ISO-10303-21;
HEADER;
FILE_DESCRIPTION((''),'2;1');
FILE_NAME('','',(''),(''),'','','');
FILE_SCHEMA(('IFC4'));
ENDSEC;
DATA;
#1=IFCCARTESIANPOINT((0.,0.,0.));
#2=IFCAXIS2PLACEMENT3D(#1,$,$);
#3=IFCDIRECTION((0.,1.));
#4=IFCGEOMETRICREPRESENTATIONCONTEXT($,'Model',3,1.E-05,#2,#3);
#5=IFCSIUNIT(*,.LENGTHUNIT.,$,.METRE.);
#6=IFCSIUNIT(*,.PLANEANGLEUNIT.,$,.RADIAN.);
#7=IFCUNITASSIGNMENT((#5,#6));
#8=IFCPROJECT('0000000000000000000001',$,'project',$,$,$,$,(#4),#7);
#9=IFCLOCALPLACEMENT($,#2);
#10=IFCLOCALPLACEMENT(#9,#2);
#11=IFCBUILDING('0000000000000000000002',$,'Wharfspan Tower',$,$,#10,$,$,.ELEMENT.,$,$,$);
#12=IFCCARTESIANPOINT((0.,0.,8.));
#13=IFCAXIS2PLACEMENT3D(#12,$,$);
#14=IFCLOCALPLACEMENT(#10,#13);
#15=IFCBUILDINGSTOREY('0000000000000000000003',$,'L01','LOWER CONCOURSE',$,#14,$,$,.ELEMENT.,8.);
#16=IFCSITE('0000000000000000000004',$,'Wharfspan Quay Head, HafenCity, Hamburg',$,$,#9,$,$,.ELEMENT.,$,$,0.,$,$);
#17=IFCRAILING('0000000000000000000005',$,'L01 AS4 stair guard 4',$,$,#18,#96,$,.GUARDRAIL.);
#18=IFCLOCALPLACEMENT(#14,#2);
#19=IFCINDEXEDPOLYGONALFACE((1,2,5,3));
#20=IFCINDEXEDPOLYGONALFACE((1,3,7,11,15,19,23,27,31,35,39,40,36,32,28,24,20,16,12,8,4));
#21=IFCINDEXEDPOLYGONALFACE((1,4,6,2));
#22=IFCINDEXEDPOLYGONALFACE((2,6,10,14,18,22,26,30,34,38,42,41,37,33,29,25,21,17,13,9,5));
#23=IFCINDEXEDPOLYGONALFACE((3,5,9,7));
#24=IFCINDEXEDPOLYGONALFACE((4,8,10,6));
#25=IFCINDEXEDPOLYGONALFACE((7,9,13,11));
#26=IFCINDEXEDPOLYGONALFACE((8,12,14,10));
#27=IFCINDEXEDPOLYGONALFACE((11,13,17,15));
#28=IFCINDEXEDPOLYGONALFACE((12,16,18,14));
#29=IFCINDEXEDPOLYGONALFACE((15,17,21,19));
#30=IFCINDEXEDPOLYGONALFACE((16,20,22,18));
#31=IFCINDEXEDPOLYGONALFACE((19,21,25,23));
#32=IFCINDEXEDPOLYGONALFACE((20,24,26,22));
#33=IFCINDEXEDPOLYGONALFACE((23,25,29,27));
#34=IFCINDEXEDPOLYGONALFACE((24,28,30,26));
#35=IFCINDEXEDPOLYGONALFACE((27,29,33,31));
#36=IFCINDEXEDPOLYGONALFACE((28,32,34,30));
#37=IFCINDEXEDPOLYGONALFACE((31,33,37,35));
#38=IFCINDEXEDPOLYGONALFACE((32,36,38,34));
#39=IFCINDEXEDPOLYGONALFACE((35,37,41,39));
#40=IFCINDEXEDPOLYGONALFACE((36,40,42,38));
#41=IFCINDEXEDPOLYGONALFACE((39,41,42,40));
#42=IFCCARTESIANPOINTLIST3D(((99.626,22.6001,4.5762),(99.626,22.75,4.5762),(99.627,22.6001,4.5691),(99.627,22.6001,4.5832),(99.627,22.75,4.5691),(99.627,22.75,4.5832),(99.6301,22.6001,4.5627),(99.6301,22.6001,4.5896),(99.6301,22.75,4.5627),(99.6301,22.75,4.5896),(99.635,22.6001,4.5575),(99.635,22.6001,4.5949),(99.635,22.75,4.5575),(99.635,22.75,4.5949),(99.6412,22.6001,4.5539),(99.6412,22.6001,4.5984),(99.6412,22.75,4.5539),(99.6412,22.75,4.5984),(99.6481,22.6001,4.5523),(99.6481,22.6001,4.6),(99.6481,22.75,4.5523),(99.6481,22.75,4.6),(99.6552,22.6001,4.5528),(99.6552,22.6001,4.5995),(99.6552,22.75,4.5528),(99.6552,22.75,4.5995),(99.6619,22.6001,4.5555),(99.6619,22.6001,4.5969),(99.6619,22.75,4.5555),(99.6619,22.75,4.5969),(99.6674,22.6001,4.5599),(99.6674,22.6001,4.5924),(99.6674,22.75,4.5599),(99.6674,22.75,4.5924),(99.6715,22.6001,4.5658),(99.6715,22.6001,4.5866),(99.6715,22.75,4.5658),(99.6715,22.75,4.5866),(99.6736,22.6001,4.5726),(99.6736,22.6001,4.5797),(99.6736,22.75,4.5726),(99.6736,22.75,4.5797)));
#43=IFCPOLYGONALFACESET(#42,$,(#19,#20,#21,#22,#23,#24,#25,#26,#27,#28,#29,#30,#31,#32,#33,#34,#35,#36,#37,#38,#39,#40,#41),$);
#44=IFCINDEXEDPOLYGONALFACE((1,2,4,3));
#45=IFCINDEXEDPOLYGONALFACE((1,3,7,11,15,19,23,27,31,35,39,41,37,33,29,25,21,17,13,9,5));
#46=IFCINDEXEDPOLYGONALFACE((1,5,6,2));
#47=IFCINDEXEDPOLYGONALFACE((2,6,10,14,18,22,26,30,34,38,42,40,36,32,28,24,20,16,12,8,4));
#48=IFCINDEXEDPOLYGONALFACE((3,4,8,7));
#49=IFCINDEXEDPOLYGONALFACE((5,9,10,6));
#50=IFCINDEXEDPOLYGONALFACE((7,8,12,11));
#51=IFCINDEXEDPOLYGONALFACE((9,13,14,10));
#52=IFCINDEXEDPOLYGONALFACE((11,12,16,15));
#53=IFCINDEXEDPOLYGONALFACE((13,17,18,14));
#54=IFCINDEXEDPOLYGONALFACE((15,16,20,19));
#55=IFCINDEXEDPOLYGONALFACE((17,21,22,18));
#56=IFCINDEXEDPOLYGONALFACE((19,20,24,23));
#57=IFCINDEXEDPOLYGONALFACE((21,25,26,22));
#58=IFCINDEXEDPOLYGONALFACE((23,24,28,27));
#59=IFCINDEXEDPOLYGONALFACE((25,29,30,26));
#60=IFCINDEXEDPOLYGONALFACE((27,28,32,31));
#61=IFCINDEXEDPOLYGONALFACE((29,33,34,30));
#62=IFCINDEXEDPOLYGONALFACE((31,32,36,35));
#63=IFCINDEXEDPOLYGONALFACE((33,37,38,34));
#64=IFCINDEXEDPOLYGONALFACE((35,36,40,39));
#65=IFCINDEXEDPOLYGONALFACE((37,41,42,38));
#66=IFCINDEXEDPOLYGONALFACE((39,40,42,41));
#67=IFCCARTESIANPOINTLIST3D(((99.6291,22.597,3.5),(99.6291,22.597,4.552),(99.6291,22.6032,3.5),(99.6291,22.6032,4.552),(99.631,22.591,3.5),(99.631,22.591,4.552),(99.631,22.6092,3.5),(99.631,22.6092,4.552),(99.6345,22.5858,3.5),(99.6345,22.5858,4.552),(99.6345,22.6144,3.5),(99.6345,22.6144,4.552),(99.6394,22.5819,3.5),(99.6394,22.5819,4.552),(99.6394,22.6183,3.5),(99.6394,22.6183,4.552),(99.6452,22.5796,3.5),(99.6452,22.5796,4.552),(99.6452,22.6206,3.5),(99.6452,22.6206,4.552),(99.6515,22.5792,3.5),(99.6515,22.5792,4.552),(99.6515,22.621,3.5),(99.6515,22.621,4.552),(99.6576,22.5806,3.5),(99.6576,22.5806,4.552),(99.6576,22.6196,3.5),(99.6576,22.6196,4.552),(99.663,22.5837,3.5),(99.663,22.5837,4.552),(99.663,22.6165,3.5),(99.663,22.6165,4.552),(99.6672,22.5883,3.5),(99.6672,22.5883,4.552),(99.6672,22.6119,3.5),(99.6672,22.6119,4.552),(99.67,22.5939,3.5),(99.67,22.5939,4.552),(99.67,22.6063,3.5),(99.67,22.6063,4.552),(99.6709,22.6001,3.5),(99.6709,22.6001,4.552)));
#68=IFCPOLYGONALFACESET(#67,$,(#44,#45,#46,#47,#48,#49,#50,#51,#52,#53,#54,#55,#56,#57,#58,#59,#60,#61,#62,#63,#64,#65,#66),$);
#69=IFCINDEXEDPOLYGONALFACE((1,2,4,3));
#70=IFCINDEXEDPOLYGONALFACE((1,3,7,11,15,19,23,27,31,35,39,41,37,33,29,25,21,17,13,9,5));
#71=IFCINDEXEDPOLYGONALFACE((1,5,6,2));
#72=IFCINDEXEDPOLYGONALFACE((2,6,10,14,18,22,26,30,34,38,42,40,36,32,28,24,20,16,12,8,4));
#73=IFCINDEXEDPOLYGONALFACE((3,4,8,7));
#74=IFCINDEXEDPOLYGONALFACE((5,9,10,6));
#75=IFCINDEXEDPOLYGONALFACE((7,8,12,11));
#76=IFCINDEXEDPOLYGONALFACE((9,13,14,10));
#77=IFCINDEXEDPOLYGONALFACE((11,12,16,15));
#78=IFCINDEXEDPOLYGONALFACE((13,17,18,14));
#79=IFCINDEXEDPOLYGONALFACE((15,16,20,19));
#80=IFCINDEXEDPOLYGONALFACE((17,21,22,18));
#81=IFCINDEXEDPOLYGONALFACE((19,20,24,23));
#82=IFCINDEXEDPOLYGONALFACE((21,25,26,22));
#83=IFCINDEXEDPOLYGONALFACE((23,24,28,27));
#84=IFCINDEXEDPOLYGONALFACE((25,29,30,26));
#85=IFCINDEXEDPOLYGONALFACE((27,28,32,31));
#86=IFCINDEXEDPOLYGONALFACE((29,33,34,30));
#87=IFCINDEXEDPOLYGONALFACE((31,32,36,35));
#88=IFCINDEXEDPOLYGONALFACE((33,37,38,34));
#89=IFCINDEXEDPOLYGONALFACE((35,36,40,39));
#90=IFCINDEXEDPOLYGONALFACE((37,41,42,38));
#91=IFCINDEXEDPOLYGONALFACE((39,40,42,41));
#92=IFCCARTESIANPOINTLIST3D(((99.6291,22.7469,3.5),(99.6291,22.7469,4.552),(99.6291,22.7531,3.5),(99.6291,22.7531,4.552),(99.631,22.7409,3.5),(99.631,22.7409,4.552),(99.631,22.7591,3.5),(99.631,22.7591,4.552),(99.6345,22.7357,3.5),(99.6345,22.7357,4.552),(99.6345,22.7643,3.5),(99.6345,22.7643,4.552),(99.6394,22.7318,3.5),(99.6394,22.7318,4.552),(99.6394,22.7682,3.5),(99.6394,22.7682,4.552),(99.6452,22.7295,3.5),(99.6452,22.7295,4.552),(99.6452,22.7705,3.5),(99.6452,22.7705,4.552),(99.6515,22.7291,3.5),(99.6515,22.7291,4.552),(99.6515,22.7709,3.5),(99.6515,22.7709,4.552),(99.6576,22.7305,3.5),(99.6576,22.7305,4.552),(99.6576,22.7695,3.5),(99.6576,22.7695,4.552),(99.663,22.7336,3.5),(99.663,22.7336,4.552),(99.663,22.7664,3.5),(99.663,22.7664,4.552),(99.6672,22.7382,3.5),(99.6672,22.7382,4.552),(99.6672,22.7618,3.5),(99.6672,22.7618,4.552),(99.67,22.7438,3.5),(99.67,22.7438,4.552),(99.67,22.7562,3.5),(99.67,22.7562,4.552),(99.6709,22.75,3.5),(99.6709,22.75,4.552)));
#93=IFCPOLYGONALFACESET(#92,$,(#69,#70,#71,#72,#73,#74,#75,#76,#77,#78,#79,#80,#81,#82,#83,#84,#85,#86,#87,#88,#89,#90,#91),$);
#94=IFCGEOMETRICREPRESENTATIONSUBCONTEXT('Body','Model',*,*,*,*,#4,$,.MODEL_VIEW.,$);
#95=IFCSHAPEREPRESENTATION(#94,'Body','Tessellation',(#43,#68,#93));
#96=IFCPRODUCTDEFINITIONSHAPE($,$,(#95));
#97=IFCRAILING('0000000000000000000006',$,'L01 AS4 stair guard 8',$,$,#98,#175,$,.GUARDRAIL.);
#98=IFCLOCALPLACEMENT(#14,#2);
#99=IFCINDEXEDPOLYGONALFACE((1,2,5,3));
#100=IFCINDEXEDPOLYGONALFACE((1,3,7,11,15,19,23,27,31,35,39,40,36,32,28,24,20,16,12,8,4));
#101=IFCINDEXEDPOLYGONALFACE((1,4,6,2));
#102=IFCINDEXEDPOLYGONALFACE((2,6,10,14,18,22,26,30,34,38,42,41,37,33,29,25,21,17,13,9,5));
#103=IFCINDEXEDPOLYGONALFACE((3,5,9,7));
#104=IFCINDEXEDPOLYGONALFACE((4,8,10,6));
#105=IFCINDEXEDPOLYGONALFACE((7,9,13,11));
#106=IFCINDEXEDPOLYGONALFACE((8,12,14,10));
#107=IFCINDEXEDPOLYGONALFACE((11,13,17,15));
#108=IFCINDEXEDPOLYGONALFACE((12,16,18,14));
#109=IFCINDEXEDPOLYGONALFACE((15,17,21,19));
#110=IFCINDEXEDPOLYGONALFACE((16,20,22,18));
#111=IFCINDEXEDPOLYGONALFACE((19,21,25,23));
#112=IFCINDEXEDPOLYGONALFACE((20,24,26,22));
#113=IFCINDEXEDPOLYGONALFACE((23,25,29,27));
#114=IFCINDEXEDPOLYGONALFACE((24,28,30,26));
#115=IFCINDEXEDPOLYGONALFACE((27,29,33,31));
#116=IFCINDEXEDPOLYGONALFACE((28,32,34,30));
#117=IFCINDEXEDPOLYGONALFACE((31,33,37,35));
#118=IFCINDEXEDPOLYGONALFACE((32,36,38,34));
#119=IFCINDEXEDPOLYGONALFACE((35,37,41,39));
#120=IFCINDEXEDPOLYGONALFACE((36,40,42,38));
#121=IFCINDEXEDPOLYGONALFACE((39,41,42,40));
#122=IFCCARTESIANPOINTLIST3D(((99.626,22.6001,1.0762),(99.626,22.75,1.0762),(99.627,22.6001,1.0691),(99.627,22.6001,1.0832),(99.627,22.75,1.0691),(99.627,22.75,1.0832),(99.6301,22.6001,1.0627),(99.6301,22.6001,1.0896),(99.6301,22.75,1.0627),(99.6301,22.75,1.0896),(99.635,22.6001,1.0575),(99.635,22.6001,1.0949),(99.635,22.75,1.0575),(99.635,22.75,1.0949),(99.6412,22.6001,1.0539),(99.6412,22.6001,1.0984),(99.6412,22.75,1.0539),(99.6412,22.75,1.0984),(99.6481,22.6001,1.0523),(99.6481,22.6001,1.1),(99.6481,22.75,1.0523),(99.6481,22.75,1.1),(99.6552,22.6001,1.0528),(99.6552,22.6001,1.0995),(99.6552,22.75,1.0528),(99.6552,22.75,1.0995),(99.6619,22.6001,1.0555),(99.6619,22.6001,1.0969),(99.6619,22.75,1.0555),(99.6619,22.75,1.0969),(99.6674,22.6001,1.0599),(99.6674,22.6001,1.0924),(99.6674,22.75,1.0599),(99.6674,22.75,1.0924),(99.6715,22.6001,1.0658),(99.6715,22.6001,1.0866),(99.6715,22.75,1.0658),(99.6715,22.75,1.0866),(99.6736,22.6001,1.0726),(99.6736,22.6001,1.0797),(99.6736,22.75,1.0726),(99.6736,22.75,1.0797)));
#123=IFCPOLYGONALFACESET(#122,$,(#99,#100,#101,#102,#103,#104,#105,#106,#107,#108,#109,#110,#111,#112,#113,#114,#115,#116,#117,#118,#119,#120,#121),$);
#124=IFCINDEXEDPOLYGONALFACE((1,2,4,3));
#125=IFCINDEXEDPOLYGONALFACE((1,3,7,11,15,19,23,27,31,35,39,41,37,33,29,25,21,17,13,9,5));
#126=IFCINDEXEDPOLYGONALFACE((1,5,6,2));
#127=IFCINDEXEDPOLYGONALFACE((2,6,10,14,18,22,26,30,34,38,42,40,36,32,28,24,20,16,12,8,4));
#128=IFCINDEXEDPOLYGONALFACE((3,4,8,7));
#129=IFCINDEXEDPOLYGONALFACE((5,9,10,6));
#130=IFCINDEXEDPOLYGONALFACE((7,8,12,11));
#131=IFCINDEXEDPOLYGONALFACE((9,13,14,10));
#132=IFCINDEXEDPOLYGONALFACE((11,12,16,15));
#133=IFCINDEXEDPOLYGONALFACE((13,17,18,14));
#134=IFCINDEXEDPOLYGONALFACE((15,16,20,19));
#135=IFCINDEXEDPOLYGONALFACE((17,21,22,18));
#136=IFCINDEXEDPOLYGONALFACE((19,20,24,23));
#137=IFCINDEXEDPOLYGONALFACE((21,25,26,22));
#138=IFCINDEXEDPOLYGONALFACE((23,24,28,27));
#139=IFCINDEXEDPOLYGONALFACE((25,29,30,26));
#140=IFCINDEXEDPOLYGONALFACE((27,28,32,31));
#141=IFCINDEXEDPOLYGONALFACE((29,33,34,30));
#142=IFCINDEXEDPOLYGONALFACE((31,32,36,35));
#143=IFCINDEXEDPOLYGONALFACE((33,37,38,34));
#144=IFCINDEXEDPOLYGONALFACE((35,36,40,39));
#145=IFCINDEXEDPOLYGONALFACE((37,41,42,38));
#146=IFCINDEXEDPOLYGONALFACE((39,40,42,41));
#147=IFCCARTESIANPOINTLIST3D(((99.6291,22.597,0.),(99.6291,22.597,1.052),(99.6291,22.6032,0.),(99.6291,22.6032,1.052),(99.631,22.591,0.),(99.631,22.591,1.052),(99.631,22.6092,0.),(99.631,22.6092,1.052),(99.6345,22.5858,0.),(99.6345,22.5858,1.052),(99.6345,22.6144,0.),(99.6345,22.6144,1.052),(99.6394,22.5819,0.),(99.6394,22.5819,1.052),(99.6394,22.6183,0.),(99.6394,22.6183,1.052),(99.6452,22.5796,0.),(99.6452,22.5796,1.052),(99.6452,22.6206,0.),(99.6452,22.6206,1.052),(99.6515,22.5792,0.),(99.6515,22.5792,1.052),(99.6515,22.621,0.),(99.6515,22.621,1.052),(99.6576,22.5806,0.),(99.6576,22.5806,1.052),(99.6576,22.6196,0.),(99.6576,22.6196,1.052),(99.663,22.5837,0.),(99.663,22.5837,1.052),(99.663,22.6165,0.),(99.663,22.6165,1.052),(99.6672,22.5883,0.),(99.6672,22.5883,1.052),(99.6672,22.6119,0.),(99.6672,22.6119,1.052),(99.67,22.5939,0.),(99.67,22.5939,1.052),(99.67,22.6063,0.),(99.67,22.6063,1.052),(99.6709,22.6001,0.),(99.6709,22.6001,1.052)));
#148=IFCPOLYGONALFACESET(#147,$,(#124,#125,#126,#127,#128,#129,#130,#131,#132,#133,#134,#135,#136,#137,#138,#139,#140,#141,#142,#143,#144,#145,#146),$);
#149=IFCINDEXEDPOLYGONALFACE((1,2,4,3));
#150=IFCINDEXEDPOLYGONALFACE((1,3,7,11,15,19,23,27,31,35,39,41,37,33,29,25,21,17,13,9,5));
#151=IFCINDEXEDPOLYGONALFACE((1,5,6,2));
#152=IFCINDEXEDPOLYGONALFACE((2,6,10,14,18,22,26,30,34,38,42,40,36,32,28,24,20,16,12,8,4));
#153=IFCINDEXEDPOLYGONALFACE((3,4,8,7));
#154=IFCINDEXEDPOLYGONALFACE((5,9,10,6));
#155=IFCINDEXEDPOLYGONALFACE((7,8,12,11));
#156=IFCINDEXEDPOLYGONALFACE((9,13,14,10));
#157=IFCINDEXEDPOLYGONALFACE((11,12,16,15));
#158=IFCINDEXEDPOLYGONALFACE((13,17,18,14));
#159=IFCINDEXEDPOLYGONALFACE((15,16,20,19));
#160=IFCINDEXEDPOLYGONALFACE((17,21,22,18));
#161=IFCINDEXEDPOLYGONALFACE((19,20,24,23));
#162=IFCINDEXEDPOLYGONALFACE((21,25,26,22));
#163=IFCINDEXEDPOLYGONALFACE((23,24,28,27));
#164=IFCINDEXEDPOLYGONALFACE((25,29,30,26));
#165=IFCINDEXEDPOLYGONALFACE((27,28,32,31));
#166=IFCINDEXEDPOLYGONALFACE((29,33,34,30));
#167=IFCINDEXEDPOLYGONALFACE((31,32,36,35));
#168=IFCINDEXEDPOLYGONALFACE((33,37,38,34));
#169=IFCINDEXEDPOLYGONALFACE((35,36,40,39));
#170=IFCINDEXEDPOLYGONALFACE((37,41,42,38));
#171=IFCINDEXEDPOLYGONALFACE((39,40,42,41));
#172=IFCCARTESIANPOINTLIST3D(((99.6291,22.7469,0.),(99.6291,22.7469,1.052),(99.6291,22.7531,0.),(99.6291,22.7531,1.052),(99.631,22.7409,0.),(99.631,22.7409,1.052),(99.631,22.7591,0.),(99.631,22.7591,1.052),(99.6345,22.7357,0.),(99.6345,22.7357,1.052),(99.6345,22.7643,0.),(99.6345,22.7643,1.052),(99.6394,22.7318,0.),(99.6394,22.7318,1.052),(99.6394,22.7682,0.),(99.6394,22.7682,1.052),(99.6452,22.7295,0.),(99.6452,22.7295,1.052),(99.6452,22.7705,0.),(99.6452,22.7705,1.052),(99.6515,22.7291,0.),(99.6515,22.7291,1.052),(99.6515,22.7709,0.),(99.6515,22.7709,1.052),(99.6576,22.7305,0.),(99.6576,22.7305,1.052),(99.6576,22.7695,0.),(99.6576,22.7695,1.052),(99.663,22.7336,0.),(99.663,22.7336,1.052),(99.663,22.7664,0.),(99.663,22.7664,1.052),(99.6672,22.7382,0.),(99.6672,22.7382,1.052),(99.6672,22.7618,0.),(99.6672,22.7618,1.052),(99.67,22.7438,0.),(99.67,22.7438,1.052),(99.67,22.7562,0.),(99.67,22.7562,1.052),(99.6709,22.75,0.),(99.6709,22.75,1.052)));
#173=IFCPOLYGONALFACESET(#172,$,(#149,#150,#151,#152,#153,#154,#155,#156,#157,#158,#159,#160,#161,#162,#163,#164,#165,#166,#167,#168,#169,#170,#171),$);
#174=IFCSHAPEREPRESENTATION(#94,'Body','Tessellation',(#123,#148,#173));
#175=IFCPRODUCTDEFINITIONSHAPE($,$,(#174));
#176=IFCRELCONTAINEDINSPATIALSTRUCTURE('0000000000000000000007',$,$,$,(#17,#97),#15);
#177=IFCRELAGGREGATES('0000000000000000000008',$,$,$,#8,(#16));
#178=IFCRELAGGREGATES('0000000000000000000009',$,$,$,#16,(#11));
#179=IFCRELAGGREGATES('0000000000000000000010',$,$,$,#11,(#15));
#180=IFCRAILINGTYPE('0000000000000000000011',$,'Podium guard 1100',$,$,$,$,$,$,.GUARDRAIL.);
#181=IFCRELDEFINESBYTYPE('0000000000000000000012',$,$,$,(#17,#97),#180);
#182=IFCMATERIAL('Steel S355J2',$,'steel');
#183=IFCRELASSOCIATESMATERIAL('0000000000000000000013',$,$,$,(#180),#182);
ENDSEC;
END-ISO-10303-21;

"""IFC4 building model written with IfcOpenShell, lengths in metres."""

from ifc_helpers import new_model, si_unit, direction, frame, origin, origin_2d, place, context, subcontext, project, spatial, circle, extrude, material, type_object, element, save


model = new_model("IFC4")

# Units and contexts
model_context = context("Model", 3, precision=1e-05, world=origin(), true_north=direction((0.0, 1.0)))
body_context = subcontext(model_context, "Body", "Model", "MODEL_VIEW")
ifc_project = project(units=[si_unit("LENGTHUNIT", "METRE"), si_unit("PLANEANGLEUNIT", "RADIAN")], contexts=[model_context])

# Site, building, storey
site_placement = place(None, origin())
site = spatial("IfcSite", under=ifc_project, at=site_placement, Name="Wharfspan Quay Head, HafenCity, Hamburg", CompositionType="ELEMENT", RefElevation=0.0)
building_placement = place(site_placement, origin())
building = spatial("IfcBuilding", under=site, at=building_placement, Name="Wharfspan Tower", CompositionType="ELEMENT")
storey_placement = place(building_placement, frame((0.0, 0.0, 8.0)))
storey = spatial("IfcBuildingStorey", under=building, at=storey_placement, Name="L01", Description="LOWER CONCOURSE", CompositionType="ELEMENT", Elevation=8.0)

# Railings
ifc_material_1 = material(Name="Steel S355J2", Category="steel")
railing_type_1 = type_object("IfcRailingType", Name="Podium guard 1100", PredefinedType="GUARDRAIL", material=ifc_material_1)
for number, where, name in (
    (1, (99.6499, 22.6001, 3.5), "L01 AS4 stair guard 4"),
    (2, (99.6499, 22.6001, 0.0), "L01 AS4 stair guard 8"),
):
    element("IfcRailing", number, at=place(storey_placement, frame(where)), inside=storey, type_object=railing_type_1, Name=name, PredefinedType="GUARDRAIL", context=body_context, shape_type="SweptSolid", body=[
        extrude(circle(Radius=0.0239, at=origin_2d()), frame((0.0, 0.0, 1.0762), z_axis=(0.0, 1.0, 0.0), x_axis=(-1.0, 0.0, 0.0)), (0.0, 0.0, 1.0), 0.1499),
        extrude(circle(Radius=0.021, at=origin_2d()), origin(), (0.0, 0.0, 1.0), 1.052),
        extrude(circle(Radius=0.021, at=origin_2d()), frame((0.0, 0.1499, 0.0)), (0.0, 0.0, 1.0), 1.052),
    ])

save(model, "model.ifc")
